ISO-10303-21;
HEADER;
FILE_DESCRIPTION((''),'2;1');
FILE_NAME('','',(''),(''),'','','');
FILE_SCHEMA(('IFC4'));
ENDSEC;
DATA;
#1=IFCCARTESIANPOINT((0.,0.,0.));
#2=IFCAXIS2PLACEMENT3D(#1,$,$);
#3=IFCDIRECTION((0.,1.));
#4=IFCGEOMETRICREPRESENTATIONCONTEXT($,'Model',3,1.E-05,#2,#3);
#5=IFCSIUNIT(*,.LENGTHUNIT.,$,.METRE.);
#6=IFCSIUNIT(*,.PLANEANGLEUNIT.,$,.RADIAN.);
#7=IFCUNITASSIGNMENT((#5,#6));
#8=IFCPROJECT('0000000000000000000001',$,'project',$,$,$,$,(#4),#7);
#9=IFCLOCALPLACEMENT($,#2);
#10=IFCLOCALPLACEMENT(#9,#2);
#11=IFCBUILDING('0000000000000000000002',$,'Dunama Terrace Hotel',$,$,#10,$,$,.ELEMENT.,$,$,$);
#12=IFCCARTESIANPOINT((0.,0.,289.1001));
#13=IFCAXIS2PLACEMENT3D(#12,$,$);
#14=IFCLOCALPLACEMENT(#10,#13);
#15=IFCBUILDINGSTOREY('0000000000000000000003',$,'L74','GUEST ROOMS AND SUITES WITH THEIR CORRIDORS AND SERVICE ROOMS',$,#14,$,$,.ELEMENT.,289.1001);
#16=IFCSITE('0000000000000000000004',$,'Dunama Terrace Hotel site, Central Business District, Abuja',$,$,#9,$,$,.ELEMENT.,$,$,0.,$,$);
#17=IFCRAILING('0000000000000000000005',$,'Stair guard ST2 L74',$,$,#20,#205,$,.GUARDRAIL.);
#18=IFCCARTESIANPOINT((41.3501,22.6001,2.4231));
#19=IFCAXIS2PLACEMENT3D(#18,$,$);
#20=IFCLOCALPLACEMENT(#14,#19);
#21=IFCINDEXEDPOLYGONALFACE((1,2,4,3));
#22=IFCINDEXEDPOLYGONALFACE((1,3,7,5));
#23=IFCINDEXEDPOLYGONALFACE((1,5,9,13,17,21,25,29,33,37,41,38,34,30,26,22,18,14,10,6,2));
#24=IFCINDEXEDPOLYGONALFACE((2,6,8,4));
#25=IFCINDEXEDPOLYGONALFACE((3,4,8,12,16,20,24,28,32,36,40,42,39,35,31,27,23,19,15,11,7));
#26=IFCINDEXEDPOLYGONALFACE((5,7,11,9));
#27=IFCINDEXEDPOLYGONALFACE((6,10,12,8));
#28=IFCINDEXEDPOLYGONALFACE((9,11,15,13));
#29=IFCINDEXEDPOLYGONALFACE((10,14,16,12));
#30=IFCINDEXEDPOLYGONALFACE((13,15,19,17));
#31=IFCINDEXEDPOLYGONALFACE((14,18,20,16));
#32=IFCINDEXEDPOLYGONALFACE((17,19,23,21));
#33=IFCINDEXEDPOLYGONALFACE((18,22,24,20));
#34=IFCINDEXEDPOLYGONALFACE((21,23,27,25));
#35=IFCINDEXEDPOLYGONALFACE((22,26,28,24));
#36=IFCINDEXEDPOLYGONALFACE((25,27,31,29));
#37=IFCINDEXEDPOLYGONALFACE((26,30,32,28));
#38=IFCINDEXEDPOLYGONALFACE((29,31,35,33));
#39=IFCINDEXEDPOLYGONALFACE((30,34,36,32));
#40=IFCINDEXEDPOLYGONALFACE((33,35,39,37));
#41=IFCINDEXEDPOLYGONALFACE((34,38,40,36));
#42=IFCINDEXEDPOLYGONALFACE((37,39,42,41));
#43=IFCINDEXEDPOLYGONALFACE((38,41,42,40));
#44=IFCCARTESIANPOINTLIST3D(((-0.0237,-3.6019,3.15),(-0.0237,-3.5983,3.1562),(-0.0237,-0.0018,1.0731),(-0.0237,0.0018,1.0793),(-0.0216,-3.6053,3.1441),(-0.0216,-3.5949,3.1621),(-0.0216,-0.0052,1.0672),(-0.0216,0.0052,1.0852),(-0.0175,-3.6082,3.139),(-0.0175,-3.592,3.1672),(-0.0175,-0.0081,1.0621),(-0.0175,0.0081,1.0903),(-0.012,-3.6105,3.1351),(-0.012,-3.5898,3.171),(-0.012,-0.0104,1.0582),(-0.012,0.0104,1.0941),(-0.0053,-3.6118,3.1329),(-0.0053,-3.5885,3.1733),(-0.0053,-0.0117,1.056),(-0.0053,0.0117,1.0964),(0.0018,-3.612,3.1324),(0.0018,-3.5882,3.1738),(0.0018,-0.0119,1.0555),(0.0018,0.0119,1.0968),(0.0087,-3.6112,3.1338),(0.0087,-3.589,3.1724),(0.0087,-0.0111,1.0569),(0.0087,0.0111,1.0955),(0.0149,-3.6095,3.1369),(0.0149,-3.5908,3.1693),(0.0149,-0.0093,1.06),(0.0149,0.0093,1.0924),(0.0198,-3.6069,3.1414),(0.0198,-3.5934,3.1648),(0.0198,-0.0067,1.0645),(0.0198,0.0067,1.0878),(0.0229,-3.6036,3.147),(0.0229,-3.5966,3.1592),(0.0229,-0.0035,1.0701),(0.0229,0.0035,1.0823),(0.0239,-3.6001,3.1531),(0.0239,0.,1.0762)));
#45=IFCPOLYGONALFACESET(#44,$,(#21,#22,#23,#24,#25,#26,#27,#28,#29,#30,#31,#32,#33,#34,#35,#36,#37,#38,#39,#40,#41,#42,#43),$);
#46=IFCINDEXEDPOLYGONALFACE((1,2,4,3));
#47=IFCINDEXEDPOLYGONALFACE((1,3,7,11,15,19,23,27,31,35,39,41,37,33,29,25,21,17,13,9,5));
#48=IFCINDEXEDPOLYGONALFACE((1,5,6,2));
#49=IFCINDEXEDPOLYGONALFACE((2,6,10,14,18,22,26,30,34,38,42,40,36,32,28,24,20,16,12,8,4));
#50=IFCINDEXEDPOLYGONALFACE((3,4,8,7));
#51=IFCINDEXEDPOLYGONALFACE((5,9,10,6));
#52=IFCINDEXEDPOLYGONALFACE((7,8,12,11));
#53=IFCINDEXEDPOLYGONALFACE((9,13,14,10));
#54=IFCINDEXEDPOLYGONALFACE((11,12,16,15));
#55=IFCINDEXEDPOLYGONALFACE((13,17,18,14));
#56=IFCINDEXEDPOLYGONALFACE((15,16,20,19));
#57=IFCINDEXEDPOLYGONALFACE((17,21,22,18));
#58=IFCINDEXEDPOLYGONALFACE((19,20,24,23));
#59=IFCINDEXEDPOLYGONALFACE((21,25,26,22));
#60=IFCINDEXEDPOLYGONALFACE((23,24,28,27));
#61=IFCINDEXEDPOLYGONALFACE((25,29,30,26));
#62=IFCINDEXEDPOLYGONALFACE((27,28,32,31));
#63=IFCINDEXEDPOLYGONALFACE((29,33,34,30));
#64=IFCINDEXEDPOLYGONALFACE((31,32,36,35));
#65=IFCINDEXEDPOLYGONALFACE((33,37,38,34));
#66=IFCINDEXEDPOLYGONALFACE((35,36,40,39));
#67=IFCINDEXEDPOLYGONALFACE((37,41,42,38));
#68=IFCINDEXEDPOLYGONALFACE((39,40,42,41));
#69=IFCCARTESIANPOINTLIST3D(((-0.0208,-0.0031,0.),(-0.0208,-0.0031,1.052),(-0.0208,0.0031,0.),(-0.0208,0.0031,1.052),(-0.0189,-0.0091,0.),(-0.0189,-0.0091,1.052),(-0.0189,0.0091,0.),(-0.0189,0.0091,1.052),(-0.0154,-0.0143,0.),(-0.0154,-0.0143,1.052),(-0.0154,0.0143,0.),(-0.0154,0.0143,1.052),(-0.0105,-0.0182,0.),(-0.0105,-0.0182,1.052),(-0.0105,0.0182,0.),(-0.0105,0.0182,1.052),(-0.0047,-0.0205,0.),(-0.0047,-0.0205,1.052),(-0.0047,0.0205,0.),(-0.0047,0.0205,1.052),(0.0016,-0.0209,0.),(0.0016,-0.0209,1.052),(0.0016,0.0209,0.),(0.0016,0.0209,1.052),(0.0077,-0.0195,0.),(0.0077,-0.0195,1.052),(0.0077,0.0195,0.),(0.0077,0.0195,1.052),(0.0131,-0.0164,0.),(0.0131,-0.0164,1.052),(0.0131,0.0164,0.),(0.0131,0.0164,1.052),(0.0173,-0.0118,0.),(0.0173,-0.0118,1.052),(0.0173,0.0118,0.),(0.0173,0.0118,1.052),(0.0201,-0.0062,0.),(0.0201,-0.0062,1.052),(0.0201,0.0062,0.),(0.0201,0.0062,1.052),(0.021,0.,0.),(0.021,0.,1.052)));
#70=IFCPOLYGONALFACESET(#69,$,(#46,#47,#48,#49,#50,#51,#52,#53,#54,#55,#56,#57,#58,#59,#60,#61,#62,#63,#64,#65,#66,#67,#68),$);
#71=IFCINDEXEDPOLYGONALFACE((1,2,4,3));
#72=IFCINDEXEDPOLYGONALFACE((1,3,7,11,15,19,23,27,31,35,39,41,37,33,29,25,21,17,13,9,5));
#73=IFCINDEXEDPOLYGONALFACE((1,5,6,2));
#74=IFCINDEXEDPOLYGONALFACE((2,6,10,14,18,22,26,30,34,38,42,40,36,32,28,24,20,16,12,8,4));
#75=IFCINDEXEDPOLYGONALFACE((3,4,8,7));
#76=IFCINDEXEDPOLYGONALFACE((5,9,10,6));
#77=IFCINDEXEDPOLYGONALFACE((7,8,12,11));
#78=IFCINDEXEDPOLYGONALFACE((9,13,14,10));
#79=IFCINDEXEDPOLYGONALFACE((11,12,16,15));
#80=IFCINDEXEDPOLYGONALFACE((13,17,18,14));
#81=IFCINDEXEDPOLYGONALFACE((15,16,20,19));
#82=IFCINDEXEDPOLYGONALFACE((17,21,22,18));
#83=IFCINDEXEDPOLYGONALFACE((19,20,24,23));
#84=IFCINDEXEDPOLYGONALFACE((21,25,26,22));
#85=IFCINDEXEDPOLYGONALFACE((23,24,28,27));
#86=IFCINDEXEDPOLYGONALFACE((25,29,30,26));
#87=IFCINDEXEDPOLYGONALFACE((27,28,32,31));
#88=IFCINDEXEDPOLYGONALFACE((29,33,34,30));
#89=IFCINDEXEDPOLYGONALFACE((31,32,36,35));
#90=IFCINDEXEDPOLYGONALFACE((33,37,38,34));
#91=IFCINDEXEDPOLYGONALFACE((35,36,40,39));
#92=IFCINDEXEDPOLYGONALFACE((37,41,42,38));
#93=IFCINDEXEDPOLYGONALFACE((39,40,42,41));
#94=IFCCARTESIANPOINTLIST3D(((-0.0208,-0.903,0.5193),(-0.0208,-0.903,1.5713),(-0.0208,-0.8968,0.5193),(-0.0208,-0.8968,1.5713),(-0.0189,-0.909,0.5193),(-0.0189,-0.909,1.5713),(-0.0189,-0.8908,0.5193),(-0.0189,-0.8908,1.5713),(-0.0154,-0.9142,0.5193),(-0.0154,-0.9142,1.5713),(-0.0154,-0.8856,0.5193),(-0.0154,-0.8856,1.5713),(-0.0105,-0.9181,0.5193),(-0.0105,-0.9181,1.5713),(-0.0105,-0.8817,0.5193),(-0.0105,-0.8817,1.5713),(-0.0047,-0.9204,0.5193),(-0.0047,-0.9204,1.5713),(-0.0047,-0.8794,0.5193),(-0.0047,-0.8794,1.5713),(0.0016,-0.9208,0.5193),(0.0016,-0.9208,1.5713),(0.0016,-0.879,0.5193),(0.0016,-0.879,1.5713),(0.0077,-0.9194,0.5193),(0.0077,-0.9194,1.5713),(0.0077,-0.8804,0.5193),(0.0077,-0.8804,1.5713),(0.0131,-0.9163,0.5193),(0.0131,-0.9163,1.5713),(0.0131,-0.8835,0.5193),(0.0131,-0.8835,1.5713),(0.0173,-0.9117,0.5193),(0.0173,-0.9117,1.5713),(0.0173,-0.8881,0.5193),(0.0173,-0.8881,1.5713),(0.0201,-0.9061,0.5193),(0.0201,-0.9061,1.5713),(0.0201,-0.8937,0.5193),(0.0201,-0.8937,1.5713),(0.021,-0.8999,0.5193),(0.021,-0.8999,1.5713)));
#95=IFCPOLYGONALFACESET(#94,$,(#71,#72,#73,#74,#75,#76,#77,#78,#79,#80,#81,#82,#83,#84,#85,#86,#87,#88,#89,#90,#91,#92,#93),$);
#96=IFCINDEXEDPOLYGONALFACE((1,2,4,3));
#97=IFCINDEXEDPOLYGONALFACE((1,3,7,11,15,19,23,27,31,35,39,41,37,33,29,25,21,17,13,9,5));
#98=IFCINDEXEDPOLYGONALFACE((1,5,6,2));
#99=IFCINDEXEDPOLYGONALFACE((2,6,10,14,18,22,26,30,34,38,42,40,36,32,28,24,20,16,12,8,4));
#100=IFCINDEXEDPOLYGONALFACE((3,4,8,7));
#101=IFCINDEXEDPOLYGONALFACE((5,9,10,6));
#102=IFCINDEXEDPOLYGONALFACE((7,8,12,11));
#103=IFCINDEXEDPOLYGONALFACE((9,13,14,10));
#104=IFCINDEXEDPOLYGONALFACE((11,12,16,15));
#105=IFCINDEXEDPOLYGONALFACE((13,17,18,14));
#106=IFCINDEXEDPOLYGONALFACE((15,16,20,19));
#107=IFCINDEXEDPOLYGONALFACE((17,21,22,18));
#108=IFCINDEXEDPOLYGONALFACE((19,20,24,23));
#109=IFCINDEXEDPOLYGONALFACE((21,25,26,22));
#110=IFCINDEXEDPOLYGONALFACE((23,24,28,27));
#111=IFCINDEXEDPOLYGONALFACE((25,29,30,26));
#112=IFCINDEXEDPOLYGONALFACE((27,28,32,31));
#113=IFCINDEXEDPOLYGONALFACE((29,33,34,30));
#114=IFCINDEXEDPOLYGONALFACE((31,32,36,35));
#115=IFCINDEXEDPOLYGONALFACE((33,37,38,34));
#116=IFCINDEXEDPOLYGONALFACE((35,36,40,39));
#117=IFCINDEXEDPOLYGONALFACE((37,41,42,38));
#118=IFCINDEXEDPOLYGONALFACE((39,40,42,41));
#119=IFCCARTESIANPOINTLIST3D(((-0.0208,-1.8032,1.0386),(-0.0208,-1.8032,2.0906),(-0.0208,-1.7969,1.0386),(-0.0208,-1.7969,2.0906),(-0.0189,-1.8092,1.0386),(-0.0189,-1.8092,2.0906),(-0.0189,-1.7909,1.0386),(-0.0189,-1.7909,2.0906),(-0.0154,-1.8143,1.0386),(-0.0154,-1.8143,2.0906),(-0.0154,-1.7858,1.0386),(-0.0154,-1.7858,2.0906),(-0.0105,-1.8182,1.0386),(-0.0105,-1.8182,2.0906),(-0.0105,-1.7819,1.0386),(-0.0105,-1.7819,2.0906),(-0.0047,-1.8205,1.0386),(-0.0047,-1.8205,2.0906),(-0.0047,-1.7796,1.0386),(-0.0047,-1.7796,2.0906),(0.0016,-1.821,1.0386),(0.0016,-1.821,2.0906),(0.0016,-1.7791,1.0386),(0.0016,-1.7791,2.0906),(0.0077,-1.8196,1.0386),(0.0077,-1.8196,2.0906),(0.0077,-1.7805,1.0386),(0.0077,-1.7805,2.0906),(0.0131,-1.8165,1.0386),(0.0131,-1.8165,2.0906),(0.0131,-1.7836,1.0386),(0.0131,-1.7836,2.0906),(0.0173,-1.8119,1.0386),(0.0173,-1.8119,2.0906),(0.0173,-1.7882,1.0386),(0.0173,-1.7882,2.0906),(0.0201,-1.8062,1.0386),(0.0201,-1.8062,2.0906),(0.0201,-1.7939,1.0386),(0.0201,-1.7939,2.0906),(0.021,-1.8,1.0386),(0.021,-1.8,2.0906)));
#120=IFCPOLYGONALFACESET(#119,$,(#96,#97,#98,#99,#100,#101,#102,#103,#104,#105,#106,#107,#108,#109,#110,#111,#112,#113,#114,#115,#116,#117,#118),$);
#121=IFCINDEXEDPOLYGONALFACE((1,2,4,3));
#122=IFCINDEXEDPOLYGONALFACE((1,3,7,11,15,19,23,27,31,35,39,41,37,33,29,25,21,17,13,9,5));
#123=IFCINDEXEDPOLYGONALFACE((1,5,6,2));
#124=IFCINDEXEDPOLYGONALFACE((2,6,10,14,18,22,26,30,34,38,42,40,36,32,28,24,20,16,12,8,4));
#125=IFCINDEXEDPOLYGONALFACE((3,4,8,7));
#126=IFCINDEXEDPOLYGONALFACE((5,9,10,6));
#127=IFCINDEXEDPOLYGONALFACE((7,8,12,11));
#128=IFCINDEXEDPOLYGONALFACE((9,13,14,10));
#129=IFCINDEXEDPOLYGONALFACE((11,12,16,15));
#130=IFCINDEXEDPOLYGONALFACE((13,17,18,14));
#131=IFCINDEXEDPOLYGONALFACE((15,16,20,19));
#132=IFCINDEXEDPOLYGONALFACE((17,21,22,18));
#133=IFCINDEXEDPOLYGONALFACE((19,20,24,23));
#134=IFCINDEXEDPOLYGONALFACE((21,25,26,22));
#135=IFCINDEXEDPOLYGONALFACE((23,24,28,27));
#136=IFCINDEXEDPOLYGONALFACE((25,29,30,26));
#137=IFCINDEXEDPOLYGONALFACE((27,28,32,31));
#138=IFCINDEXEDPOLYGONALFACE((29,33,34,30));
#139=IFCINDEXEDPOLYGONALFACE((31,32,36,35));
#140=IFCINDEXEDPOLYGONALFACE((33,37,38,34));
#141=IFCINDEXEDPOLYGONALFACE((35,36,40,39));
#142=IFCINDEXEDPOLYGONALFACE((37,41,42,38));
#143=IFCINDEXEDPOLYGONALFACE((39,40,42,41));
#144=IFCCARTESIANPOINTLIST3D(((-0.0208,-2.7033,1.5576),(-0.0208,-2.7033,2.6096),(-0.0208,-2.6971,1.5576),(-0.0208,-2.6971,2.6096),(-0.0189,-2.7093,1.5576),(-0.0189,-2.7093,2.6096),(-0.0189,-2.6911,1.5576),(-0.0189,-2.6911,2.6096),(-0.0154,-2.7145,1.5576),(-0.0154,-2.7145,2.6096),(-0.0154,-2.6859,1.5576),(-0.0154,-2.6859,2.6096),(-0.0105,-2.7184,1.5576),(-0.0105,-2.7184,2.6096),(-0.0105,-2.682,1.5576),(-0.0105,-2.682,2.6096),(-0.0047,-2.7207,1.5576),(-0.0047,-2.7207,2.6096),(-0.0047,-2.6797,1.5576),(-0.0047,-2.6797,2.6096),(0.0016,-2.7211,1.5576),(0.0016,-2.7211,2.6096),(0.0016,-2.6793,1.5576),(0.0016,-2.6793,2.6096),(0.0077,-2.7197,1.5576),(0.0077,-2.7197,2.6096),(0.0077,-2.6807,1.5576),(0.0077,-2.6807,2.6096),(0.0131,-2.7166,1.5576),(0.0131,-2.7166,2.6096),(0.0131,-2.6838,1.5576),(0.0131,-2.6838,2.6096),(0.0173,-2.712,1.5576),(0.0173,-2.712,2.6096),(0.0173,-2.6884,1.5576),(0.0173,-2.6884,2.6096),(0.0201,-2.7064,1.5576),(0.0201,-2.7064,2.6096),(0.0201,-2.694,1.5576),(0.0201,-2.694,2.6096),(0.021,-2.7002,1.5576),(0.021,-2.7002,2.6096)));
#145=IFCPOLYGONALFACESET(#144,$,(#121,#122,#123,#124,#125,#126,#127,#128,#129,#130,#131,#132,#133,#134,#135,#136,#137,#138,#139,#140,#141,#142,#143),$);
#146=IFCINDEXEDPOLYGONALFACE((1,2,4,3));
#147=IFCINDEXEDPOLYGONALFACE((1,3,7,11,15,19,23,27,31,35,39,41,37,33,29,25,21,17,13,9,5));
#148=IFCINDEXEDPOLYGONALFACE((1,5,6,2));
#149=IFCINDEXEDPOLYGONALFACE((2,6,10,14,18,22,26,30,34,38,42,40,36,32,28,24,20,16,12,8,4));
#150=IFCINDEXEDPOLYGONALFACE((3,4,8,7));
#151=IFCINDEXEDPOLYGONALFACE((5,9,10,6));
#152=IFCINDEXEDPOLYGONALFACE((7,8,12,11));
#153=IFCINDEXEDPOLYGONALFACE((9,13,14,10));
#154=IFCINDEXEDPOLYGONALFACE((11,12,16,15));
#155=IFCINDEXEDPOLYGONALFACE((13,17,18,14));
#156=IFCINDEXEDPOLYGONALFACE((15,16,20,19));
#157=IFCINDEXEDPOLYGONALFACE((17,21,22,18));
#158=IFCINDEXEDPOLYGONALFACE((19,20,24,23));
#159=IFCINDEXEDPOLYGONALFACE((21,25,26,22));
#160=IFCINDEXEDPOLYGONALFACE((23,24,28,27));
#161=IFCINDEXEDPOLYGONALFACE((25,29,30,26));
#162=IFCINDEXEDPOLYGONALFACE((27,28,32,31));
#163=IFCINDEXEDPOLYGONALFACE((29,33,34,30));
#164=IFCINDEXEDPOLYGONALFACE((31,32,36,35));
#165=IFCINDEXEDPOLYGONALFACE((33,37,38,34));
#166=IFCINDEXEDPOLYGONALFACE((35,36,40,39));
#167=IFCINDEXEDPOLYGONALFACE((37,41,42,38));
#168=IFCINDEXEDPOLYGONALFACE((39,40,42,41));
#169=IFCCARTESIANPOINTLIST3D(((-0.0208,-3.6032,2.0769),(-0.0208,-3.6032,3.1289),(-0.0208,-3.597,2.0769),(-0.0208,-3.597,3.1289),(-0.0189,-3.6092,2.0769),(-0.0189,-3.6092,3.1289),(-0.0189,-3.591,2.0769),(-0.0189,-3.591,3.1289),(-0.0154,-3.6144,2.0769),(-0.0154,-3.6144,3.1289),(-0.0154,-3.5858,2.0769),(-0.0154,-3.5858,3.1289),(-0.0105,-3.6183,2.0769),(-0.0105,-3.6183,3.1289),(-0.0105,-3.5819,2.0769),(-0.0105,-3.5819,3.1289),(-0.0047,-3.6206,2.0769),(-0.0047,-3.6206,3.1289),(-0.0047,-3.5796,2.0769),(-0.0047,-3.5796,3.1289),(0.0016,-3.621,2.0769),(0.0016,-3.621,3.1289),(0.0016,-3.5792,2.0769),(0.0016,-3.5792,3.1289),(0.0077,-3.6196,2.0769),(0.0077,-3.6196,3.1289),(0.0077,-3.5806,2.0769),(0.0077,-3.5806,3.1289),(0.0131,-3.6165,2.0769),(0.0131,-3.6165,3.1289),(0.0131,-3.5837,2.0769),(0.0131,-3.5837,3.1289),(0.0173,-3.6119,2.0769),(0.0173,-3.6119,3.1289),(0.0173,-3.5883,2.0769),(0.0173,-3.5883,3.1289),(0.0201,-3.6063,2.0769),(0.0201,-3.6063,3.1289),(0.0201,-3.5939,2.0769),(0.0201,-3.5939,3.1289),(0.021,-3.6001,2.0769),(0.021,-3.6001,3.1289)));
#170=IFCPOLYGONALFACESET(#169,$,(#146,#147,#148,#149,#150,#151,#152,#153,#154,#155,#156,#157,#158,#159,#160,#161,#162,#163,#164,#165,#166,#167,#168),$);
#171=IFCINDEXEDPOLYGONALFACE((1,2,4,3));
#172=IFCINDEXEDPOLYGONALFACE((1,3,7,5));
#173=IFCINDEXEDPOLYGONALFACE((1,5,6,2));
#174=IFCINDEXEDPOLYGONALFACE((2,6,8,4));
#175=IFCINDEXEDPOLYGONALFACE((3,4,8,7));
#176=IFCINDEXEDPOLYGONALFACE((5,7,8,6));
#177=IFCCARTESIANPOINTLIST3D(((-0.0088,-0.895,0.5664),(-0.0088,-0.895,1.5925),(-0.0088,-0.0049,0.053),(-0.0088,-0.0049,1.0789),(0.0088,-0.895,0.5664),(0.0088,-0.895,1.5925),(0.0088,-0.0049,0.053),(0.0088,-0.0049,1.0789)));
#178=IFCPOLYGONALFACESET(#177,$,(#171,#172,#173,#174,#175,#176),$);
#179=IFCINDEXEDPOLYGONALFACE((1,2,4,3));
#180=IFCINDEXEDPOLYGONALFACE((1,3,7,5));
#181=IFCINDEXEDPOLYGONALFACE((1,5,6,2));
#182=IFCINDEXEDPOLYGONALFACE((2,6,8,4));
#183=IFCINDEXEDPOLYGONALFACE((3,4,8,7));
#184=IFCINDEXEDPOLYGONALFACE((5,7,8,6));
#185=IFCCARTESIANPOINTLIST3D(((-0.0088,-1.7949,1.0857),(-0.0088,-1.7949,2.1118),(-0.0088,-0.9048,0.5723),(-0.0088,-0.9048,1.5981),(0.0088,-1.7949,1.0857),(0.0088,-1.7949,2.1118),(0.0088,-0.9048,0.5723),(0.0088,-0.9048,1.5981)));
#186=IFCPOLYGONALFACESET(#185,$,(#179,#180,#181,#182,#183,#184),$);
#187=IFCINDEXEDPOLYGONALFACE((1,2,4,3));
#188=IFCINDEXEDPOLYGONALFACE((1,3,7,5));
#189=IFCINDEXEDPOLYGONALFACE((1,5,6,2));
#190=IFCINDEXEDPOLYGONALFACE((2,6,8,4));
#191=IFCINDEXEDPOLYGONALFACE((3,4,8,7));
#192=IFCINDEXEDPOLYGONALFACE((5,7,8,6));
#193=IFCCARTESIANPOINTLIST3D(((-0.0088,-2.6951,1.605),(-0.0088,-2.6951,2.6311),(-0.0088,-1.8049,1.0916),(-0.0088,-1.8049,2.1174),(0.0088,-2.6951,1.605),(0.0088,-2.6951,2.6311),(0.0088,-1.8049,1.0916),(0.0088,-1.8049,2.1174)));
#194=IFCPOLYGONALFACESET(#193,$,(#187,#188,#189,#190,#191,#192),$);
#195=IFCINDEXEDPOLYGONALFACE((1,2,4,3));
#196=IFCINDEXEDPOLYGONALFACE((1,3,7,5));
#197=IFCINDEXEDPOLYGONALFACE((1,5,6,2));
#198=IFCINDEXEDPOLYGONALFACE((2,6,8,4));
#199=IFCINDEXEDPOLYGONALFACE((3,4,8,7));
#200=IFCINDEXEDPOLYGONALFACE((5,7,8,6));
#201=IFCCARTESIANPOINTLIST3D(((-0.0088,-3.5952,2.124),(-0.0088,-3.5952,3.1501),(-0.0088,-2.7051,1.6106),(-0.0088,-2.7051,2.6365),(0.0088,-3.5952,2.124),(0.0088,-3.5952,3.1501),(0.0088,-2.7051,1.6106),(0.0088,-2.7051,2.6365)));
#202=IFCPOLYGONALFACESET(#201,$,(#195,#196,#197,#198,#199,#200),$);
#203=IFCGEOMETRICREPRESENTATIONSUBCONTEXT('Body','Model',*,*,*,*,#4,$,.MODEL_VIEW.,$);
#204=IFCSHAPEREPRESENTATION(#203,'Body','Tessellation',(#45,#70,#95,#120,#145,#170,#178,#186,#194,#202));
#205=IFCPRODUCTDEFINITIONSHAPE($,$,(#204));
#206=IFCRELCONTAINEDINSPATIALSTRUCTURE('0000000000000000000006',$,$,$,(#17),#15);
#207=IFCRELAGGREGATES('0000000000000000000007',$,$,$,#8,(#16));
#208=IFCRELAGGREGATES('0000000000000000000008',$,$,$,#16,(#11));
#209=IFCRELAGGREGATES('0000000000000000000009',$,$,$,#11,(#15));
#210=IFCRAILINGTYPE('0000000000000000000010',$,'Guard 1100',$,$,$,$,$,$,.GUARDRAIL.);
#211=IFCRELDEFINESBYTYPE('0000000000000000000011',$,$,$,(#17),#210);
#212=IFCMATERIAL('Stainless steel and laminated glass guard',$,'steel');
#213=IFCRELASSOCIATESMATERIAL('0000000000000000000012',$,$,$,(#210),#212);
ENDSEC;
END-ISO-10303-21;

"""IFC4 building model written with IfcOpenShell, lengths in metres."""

from ifc_helpers import new_model, si_unit, direction, frame, origin, origin_2d, place, context, subcontext, project, spatial, polyline, circle, outline, extrude, material, type_object, element, save


model = new_model("IFC4")

# Units and contexts
model_context = context("Model", 3, precision=1e-05, world=origin(), true_north=direction((0.0, 1.0)))
body_context = subcontext(model_context, "Body", "Model", "MODEL_VIEW")
ifc_project = project(units=[si_unit("LENGTHUNIT", "METRE"), si_unit("PLANEANGLEUNIT", "RADIAN")], contexts=[model_context])

# Site, building, storey
site_placement = place(None, origin())
site = spatial("IfcSite", under=ifc_project, at=site_placement, Name="Dunama Terrace Hotel site, Central Business District, Abuja", CompositionType="ELEMENT", RefElevation=0.0)
building_placement = place(site_placement, origin())
building = spatial("IfcBuilding", under=site, at=building_placement, Name="Dunama Terrace Hotel", CompositionType="ELEMENT")
storey_placement = place(building_placement, frame((0.0, 0.0, 289.1001)))
storey = spatial("IfcBuildingStorey", under=building, at=storey_placement, Name="L74", Description="GUEST ROOMS AND SUITES WITH THEIR CORRIDORS AND SERVICE ROOMS", CompositionType="ELEMENT", Elevation=289.1001)

# Railing
ifc_material_1 = material(Name="Stainless steel and laminated glass guard", Category="steel")
railing_type_1 = type_object("IfcRailingType", Name="Guard 1100", PredefinedType="GUARDRAIL", material=ifc_material_1)
railing_1_placement = place(storey_placement, frame((41.3501, 22.6001, 2.4231)))
element("IfcRailing", 1, at=railing_1_placement, inside=storey, type_object=railing_type_1, Name="Stair guard ST2 L74", PredefinedType="GUARDRAIL", context=body_context, shape_type="SweptSolid", body=[
    extrude(circle(Radius=0.0239, at=origin_2d()), frame((0.0, 0.0, 1.0762), z_axis=(0.0, -0.866193, 0.499709), x_axis=(1.0, 0.0, 0.0)), (0.0, 0.0, 1.0), 4.1562),
    extrude(circle(Radius=0.021, at=origin_2d()), origin(), (0.0, 0.0, 1.0), 1.052),
    extrude(circle(Radius=0.021, at=origin_2d()), frame((0.0, -0.8999, 0.5193)), (0.0, 0.0, 1.0), 1.052),
    extrude(circle(Radius=0.021, at=origin_2d()), frame((0.0, -1.8, 1.0386)), (0.0, 0.0, 1.0), 1.052),
    extrude(circle(Radius=0.021, at=origin_2d()), frame((0.0, -2.7002, 1.5576)), (0.0, 0.0, 1.0), 1.052),
    extrude(circle(Radius=0.021, at=origin_2d()), frame((0.0, -3.6001, 2.0769)), (0.0, 0.0, 1.0), 1.052),
    extrude(outline(polyline([(0.0049, 0.053), (0.895, 0.5664), (0.895, 1.5925), (0.0049, 1.0789), (0.0049, 0.053)])), frame((0.0088, 0.0, 0.0), z_axis=(-1.0, 0.0, 0.0), x_axis=(0.0, -1.0, 0.0)), (0.0, 0.0, 1.0), 0.0176),
    extrude(outline(polyline([(0.0049, 0.053), (0.895, 0.5664), (0.895, 1.5925), (0.0049, 1.0789), (0.0049, 0.053)])), frame((0.0088, -0.8999, 0.5193), z_axis=(-1.0, 0.0, 0.0), x_axis=(0.0, -1.0, 0.0)), (0.0, 0.0, 1.0), 0.0176),
    extrude(outline(polyline([(0.0049, 0.053), (0.895, 0.5664), (0.895, 1.5925), (0.0049, 1.0789), (0.0049, 0.053)])), frame((0.0088, -1.8, 1.0386), z_axis=(-1.0, 0.0, 0.0), x_axis=(0.0, -1.0, 0.0)), (0.0, 0.0, 1.0), 0.0176),
    extrude(outline(polyline([(0.0049, 0.053), (0.895, 0.5664), (0.895, 1.5925), (0.0049, 1.0789), (0.0049, 0.053)])), frame((0.0088, -2.7002, 1.5576), z_axis=(-1.0, 0.0, 0.0), x_axis=(0.0, -1.0, 0.0)), (0.0, 0.0, 1.0), 0.0176),
])

save(model, "model.ifc")
